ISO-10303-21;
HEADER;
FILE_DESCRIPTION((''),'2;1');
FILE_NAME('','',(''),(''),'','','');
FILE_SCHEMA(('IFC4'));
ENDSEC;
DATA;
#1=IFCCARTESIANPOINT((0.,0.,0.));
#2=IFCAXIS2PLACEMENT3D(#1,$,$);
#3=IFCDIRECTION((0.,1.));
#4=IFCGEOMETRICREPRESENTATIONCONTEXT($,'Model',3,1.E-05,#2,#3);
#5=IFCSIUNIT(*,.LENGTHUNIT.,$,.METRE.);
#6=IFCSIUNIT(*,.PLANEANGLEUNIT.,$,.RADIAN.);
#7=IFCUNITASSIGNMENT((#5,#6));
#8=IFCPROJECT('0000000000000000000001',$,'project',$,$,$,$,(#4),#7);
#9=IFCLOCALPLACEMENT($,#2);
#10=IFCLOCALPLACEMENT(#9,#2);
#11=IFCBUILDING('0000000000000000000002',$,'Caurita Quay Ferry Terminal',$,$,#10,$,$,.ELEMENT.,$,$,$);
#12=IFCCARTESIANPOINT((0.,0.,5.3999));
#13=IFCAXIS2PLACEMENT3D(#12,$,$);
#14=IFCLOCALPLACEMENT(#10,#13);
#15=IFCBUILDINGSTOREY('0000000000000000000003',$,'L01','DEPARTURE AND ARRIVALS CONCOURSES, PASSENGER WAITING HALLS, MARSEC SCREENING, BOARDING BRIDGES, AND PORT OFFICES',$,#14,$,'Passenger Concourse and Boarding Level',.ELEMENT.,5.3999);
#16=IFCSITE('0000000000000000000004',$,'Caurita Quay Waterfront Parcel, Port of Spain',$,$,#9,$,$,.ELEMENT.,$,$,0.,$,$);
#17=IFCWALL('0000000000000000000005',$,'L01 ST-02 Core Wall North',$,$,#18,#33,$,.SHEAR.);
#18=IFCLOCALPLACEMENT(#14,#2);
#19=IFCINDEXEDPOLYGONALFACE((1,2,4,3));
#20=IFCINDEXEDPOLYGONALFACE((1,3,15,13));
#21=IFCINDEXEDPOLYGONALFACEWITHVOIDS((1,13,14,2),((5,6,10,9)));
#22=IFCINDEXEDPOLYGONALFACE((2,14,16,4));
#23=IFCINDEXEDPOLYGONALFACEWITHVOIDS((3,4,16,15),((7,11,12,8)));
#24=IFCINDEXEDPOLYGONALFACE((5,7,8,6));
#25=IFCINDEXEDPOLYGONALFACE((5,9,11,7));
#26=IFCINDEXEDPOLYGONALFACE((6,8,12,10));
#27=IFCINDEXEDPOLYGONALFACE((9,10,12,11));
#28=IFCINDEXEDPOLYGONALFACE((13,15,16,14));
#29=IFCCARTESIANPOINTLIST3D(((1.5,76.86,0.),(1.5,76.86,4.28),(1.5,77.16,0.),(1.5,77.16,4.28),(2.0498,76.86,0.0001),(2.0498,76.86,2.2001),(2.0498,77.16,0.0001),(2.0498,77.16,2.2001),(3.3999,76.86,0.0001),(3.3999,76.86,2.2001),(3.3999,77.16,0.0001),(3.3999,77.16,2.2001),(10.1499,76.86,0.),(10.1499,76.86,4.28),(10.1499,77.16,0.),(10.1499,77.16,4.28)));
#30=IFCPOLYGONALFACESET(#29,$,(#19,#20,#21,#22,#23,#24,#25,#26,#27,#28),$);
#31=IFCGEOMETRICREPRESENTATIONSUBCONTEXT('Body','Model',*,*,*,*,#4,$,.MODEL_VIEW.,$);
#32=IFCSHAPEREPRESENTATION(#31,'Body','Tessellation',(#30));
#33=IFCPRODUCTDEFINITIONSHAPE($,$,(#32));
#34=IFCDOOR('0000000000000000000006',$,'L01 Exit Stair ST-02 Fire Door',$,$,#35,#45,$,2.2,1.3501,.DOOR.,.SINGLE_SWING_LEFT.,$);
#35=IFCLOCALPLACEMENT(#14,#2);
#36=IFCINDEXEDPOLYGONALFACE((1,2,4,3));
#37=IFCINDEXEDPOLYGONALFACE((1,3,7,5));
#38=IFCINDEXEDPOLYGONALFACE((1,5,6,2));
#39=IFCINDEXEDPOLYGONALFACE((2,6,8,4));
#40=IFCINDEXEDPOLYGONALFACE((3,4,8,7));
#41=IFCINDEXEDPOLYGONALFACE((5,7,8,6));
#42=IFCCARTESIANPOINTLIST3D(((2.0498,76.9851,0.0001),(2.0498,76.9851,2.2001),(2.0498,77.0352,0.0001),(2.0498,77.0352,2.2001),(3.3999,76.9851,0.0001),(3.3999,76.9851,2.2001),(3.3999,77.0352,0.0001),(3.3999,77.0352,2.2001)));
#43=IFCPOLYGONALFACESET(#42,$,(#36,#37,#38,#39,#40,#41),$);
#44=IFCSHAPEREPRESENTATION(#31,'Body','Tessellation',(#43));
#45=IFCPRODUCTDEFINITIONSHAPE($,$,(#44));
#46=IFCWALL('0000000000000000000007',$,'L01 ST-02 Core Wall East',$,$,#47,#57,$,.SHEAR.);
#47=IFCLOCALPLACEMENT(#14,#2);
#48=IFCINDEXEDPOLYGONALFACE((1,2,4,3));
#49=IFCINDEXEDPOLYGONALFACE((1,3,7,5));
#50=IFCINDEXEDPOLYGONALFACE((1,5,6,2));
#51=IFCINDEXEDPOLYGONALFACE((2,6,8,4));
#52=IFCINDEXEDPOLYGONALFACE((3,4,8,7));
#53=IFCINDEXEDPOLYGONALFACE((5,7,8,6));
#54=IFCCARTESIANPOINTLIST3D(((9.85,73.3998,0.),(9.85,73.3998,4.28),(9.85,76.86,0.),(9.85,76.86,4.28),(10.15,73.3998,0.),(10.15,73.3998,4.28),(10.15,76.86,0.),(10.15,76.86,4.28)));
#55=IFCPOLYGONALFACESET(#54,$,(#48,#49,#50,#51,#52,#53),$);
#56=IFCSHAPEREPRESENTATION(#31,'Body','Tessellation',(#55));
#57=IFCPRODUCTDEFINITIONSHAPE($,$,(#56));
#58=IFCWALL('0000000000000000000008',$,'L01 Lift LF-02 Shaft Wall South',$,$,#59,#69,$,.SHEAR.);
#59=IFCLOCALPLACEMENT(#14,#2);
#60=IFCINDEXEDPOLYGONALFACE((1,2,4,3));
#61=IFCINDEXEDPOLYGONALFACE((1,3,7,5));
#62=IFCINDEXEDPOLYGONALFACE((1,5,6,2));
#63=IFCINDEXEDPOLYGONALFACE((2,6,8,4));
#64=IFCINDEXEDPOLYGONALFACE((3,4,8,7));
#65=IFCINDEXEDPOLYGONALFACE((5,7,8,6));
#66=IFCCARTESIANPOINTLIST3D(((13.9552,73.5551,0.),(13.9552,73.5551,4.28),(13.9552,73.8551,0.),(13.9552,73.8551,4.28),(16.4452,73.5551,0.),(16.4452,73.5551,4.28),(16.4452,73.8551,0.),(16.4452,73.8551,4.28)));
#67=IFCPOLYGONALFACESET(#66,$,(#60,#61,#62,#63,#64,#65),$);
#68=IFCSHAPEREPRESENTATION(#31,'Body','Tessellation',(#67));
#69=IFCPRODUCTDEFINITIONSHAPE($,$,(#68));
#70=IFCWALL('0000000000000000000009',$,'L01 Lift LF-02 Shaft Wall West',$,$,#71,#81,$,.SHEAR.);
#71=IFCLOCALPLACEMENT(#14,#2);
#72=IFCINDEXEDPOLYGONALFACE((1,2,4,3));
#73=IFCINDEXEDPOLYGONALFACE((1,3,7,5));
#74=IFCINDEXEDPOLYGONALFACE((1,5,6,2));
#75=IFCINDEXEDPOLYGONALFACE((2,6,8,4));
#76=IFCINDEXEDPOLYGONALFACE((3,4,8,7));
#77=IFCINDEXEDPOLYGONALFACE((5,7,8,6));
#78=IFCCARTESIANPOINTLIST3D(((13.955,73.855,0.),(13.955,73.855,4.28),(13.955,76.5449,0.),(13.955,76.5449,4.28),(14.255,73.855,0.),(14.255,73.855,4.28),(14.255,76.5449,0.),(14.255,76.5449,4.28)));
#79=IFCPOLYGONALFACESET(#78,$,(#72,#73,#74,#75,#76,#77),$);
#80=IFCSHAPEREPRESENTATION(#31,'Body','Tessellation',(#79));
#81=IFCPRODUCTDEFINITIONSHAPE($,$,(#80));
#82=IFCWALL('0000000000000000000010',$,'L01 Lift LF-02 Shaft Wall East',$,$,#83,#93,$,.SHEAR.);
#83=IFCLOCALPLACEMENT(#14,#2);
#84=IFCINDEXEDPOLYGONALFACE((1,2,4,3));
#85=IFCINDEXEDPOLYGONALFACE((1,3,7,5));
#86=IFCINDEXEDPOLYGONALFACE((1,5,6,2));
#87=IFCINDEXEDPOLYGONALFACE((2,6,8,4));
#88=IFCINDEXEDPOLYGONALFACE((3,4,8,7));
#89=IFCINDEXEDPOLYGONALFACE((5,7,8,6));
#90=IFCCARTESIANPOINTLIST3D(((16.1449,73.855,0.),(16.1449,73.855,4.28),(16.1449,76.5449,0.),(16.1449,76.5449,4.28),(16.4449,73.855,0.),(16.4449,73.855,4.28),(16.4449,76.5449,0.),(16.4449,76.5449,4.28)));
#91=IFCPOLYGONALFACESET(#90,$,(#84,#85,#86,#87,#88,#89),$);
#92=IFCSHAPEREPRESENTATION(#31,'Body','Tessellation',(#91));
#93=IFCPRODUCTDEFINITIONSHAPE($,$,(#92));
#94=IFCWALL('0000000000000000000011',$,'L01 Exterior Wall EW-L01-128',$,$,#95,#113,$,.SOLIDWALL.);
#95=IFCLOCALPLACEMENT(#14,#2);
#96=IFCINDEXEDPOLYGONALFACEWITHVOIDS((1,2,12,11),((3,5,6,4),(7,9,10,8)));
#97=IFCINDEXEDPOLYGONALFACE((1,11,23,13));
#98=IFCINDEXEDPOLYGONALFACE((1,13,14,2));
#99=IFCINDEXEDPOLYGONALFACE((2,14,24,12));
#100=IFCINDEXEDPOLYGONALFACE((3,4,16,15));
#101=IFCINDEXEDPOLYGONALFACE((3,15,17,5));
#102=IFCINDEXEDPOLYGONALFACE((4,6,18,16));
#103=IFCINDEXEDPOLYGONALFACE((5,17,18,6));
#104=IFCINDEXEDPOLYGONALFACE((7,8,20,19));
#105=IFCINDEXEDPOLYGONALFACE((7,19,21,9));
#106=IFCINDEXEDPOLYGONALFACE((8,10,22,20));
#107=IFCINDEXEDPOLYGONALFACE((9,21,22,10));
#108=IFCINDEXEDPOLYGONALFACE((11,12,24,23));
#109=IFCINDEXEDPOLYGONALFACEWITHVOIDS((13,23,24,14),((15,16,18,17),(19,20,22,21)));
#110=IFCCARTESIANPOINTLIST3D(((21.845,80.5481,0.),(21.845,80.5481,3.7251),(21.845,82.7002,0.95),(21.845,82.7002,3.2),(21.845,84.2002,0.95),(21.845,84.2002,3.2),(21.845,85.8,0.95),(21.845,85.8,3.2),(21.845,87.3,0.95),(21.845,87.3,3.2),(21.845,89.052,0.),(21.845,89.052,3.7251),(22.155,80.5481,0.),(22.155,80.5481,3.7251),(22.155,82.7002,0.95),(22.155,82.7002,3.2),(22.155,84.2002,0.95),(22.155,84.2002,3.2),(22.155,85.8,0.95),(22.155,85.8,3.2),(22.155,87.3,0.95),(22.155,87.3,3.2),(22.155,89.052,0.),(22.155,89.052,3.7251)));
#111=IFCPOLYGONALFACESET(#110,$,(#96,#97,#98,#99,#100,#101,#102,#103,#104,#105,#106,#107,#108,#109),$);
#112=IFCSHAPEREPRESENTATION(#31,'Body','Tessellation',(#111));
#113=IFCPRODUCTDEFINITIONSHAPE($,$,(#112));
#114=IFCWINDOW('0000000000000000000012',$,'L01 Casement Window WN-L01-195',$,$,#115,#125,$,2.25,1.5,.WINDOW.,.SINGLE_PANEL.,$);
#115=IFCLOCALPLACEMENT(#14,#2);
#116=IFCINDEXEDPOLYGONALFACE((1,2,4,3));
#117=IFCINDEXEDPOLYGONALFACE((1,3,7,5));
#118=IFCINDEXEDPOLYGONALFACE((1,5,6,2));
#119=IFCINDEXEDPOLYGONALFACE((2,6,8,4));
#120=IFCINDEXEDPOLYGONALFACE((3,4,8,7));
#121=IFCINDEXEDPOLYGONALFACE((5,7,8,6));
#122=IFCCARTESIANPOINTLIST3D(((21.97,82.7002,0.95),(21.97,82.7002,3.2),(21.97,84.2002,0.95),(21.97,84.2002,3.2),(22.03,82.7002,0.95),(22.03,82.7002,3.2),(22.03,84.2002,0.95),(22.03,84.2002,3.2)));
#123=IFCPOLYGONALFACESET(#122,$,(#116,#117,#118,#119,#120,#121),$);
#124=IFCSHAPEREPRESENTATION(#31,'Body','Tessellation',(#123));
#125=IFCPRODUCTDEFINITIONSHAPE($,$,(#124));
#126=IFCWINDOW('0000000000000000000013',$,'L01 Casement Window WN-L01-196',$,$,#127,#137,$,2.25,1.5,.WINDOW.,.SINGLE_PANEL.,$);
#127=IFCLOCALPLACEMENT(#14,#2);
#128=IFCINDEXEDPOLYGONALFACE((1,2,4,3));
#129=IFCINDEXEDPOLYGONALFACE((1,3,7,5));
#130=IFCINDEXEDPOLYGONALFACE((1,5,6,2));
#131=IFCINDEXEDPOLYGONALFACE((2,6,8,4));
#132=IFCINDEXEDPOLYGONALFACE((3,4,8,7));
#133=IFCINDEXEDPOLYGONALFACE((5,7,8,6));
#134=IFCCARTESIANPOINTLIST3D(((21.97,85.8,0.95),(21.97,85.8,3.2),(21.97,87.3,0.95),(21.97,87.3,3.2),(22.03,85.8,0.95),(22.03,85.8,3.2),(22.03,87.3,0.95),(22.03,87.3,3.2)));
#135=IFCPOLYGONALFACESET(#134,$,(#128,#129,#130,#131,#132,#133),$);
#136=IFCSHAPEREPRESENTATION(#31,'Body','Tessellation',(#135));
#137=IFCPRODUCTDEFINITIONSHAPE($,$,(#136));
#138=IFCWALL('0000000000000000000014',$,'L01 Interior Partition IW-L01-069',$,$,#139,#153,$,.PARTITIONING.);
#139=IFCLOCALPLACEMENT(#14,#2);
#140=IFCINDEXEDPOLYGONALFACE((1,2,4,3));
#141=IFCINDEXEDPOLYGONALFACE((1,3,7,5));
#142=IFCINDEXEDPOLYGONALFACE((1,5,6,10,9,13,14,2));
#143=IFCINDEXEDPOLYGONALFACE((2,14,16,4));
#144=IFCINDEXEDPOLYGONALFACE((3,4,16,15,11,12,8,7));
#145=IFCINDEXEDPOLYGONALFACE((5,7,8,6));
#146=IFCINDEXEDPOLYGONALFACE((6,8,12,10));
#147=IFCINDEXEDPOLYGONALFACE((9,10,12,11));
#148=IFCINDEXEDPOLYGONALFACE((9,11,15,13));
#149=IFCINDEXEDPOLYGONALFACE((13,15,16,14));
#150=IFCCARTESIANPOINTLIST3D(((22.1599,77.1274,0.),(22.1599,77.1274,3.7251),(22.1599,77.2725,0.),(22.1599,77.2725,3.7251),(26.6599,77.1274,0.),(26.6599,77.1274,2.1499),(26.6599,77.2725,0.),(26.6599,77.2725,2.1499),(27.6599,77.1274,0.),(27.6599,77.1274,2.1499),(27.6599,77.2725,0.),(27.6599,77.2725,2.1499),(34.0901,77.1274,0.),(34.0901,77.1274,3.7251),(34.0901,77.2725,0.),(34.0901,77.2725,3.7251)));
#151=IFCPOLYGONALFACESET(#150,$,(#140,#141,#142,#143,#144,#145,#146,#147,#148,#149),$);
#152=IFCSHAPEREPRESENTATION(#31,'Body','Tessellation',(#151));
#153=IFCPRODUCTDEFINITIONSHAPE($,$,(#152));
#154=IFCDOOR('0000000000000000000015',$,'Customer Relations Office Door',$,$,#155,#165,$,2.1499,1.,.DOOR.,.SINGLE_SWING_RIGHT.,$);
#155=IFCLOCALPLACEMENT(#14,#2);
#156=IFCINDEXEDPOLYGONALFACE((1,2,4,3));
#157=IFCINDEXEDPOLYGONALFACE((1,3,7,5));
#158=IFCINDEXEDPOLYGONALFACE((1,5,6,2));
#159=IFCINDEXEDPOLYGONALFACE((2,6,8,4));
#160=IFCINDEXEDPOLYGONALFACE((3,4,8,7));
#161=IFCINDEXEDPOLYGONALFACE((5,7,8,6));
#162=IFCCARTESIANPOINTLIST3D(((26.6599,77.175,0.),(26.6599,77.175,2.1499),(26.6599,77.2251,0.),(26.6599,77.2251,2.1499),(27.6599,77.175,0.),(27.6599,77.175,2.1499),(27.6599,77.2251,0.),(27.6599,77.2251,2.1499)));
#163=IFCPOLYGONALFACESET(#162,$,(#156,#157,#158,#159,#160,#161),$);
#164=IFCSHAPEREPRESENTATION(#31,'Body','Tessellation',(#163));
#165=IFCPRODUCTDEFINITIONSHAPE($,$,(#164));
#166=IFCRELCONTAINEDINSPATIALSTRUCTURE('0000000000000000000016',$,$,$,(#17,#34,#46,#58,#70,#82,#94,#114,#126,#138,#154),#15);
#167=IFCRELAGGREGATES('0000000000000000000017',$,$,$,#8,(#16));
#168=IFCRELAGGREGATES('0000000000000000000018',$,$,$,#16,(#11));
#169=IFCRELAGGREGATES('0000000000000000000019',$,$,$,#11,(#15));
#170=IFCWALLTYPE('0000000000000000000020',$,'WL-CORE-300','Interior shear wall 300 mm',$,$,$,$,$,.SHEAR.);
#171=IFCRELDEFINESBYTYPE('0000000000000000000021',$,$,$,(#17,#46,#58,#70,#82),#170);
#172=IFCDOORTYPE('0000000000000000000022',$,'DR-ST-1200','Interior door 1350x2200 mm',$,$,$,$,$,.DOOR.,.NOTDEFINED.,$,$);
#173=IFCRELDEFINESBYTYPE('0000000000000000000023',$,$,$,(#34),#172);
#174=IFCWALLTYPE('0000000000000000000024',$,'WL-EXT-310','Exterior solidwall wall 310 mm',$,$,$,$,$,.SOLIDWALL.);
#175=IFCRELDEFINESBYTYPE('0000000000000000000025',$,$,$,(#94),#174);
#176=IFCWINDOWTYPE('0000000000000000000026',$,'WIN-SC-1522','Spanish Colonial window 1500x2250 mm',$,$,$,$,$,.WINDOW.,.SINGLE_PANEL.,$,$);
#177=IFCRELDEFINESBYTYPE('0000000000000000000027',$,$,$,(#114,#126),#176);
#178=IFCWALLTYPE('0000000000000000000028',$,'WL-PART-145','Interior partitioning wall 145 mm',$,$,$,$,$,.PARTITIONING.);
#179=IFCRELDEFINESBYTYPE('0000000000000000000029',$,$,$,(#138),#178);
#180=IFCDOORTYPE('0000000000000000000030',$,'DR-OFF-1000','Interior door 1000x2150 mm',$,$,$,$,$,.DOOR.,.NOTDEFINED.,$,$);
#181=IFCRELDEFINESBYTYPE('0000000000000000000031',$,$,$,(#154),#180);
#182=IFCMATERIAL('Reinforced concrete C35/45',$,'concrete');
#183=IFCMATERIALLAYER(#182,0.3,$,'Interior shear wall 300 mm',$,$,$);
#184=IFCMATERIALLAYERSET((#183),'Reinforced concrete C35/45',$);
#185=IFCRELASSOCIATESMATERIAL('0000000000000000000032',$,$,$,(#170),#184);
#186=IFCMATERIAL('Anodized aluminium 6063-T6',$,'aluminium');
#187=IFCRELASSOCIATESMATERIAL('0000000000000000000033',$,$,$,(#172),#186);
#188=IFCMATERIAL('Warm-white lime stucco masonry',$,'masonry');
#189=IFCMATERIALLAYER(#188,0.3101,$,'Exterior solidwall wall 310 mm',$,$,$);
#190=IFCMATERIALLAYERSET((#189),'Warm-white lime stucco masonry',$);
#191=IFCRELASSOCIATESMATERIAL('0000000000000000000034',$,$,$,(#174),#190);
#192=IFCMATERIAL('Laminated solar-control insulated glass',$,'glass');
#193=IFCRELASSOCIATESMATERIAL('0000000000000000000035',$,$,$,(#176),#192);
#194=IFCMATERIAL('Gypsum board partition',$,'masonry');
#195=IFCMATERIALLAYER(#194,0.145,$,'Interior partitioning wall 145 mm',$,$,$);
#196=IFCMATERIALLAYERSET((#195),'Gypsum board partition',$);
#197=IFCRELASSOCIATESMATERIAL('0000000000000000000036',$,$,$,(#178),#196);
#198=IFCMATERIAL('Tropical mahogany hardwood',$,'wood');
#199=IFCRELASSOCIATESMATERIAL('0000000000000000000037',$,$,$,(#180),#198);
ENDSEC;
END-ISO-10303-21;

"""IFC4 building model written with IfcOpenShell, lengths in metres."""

from ifc_helpers import new_model, si_unit, direction, frame, frame_2d, origin, place, context, subcontext, project, spatial, rectangle, extrude, material, layer, layer_set, type_object, element, fill, save


model = new_model("IFC4")

# Units and contexts
model_context = context("Model", 3, precision=1e-05, world=origin(), true_north=direction((0.0, 1.0)))
body_context = subcontext(model_context, "Body", "Model", "MODEL_VIEW")
ifc_project = project(units=[si_unit("LENGTHUNIT", "METRE"), si_unit("PLANEANGLEUNIT", "RADIAN")], contexts=[model_context])

# Site, building, storey
site_placement = place(None, origin())
site = spatial("IfcSite", under=ifc_project, at=site_placement, Name="Caurita Quay Waterfront Parcel, Port of Spain", CompositionType="ELEMENT", RefElevation=0.0)
building_placement = place(site_placement, origin())
building = spatial("IfcBuilding", under=site, at=building_placement, Name="Caurita Quay Ferry Terminal", CompositionType="ELEMENT")
storey_placement = place(building_placement, frame((0.0, 0.0, 5.3999)))
storey = spatial("IfcBuildingStorey", under=building, at=storey_placement, Name="L01", Description="DEPARTURE AND ARRIVALS CONCOURSES, PASSENGER WAITING HALLS, MARSEC SCREENING, BOARDING BRIDGES, AND PORT OFFICES", LongName="Passenger Concourse and Boarding Level", CompositionType="ELEMENT", Elevation=5.3999)

# Shared definitions
ifc_material_1 = material(Name="Reinforced concrete C35/45", Category="concrete")

# Wall, opening, door
ifc_material_2 = material(Name="Warm-white lime stucco masonry", Category="masonry")
ifc_material_3 = material(Name="Anodized aluminium 6063-T6", Category="aluminium")
ifc_layer_1 = layer(ifc_material_1, 0.3, Name="Interior shear wall 300 mm")
ifc_layer_set_1 = layer_set([ifc_layer_1], Name="Reinforced concrete C35/45")
wall_type_1 = type_object("IfcWallType", Name="WL-CORE-300", Description="Interior shear wall 300 mm", PredefinedType="SHEAR", material=ifc_layer_set_1)
wall_1_placement = place(storey_placement, frame((10.1499, 77.01, 0.0), z_axis=(0.0, 0.0, 1.0), x_axis=(-1.0, 0.0, 0.0)))
wall_1 = element("IfcWall", 1, at=wall_1_placement, inside=storey, type_object=wall_type_1, Name="L01 ST-02 Core Wall North", PredefinedType="SHEAR", context=body_context, shape_type="SweptSolid", body=[
    extrude(rectangle(XDim=8.6499, YDim=0.3, at=frame_2d((4.325, 0.0))), origin(), (0.0, 0.0, 1.0), 4.28),
])
opening_1_placement = place(wall_1_placement, frame((6.75, 0.0, 0.0)))
opening_1 = element("IfcOpeningElement", 2, at=opening_1_placement, cuts=wall_1, PredefinedType="OPENING", context=body_context, shape_type="SweptSolid", body=[
    extrude(rectangle(XDim=1.3501, YDim=2.2, at=frame_2d((0.675, 1.1001))), frame((0.0, 0.1599, 0.0), z_axis=(0.0, -1.0, 0.0), x_axis=(1.0, 0.0, 0.0)), (0.0, 0.0, 1.0), 0.3201),
])
door_type_1 = type_object("IfcDoorType", Name="DR-ST-1200", Description="Interior door 1350x2200 mm", OperationType="NOTDEFINED", PredefinedType="DOOR", material=ifc_material_3)
door_1_placement = place(opening_1_placement, origin())
door_1 = element("IfcDoor", 3, at=door_1_placement, inside=storey, type_object=door_type_1, Name="L01 Exit Stair ST-02 Fire Door", OperationType="SINGLE_SWING_LEFT", OverallHeight=2.2, OverallWidth=1.3501, PredefinedType="DOOR", context=body_context, shape_type="SweptSolid", body=[
    extrude(rectangle(XDim=1.3501, YDim=2.2, at=frame_2d((0.675, 1.1001))), frame((0.0, 0.0249, 0.0), z_axis=(0.0, -1.0, 0.0), x_axis=(1.0, 0.0, 0.0)), (0.0, 0.0, 1.0), 0.05),
])
fill(opening_1, door_1)

# Walls
wall_2_placement = place(storey_placement, frame((10.0, 73.3999, 0.0), z_axis=(0.0, 0.0, 1.0), x_axis=(0.0, 1.0, 0.0)))
element("IfcWall", 4, at=wall_2_placement, inside=storey, type_object=wall_type_1, Name="L01 ST-02 Core Wall East", PredefinedType="SHEAR", context=body_context, shape_type="SweptSolid", body=[
    extrude(rectangle(XDim=3.4602, YDim=0.3, at=frame_2d((1.73, 0.0))), origin(), (0.0, 0.0, 1.0), 4.28),
])
wall_3_placement = place(storey_placement, frame((13.9551, 73.7051, 0.0), z_axis=(0.0, 0.0, 1.0), x_axis=(1.0, 0.0, 0.0)))
element("IfcWall", 5, at=wall_3_placement, inside=storey, type_object=wall_type_1, Name="L01 Lift LF-02 Shaft Wall South", PredefinedType="SHEAR", context=body_context, shape_type="SweptSolid", body=[
    extrude(rectangle(XDim=2.49, YDim=0.3, at=frame_2d((1.2451, 0.0))), origin(), (0.0, 0.0, 1.0), 4.28),
])

# Walls
for number, where, z_axis, x_axis, name in (
    (6, (14.105, 76.5449, 0.0), (0.0, 0.0, 1.0), (0.0, -1.0, 0.0), "L01 Lift LF-02 Shaft Wall West"),
    (7, (16.2949, 73.855, 0.0), (0.0, 0.0, 1.0), (0.0, 1.0, 0.0), "L01 Lift LF-02 Shaft Wall East"),
):
    element("IfcWall", number, at=place(storey_placement, frame(where, z_axis=z_axis, x_axis=x_axis)), inside=storey, type_object=wall_type_1, Name=name, PredefinedType="SHEAR", context=body_context, shape_type="SweptSolid", body=[
        extrude(rectangle(XDim=2.6899, YDim=0.3, at=frame_2d((1.345, 0.0))), origin(), (0.0, 0.0, 1.0), 4.28),
    ])

# Wall, openings, windows
ifc_layer_2 = layer(ifc_material_2, 0.3101, Name="Exterior solidwall wall 310 mm")
ifc_layer_set_2 = layer_set([ifc_layer_2], Name="Warm-white lime stucco masonry")
wall_type_2 = type_object("IfcWallType", Name="WL-EXT-310", Description="Exterior solidwall wall 310 mm", PredefinedType="SOLIDWALL", material=ifc_layer_set_2)
wall_4_placement = place(storey_placement, frame((22.0, 80.5481, 0.0), z_axis=(0.0, 0.0, 1.0), x_axis=(0.0, 1.0, 0.0)))
wall_4 = element("IfcWall", 8, at=wall_4_placement, inside=storey, type_object=wall_type_2, Name="L01 Exterior Wall EW-L01-128", PredefinedType="SOLIDWALL", context=body_context, shape_type="SweptSolid", body=[
    extrude(rectangle(XDim=8.5039, YDim=0.3101, at=frame_2d((4.252, 0.0))), origin(), (0.0, 0.0, 1.0), 3.7251),
])
opening_2_placement = place(wall_4_placement, frame((2.1521, 0.0, 0.95)))
opening_2 = element("IfcOpeningElement", 9, at=opening_2_placement, cuts=wall_4, PredefinedType="OPENING", context=body_context, shape_type="SweptSolid", body=[
    extrude(rectangle(XDim=1.5, YDim=2.25, at=frame_2d((0.75, 1.125))), frame((0.0, 0.165, 0.0), z_axis=(0.0, -1.0, 0.0), x_axis=(1.0, 0.0, 0.0)), (0.0, 0.0, 1.0), 0.3301),
])
opening_3_placement = place(wall_4_placement, frame((5.252, 0.0, 0.95)))
opening_3 = element("IfcOpeningElement", 10, at=opening_3_placement, cuts=wall_4, PredefinedType="OPENING", context=body_context, shape_type="SweptSolid", body=[
    extrude(rectangle(XDim=1.5, YDim=2.25, at=frame_2d((0.75, 1.125))), frame((0.0, 0.165, 0.0), z_axis=(0.0, -1.0, 0.0), x_axis=(1.0, 0.0, 0.0)), (0.0, 0.0, 1.0), 0.3301),
])
ifc_material_4 = material(Name="Laminated solar-control insulated glass", Category="glass")
window_type = type_object("IfcWindowType", Name="WIN-SC-1522", Description="Spanish Colonial window 1500x2250 mm", PartitioningType="SINGLE_PANEL", PredefinedType="WINDOW", material=ifc_material_4)
window_1_placement = place(opening_2_placement, origin())
window_1 = element("IfcWindow", 11, at=window_1_placement, inside=storey, type_object=window_type, Name="L01 Casement Window WN-L01-195", OverallHeight=2.25, OverallWidth=1.5, PartitioningType="SINGLE_PANEL", PredefinedType="WINDOW", context=body_context, shape_type="SweptSolid", body=[
    extrude(rectangle(XDim=1.5, YDim=2.25, at=frame_2d((0.75, 1.125))), frame((0.0, 0.03, 0.0), z_axis=(0.0, -1.0, 0.0), x_axis=(1.0, 0.0, 0.0)), (0.0, 0.0, 1.0), 0.0601),
])
fill(opening_2, window_1)
window_2_placement = place(opening_3_placement, origin())
window_2 = element("IfcWindow", 12, at=window_2_placement, inside=storey, type_object=window_type, Name="L01 Casement Window WN-L01-196", OverallHeight=2.25, OverallWidth=1.5, PartitioningType="SINGLE_PANEL", PredefinedType="WINDOW", context=body_context, shape_type="SweptSolid", body=[
    extrude(rectangle(XDim=1.5, YDim=2.25, at=frame_2d((0.75, 1.125))), frame((0.0, 0.03, 0.0), z_axis=(0.0, -1.0, 0.0), x_axis=(1.0, 0.0, 0.0)), (0.0, 0.0, 1.0), 0.0601),
])
fill(opening_3, window_2)

# Wall, opening, door
ifc_material_5 = material(Name="Gypsum board partition", Category="masonry")
ifc_layer_3 = layer(ifc_material_5, 0.145, Name="Interior partitioning wall 145 mm")
ifc_layer_set_3 = layer_set([ifc_layer_3], Name="Gypsum board partition")
wall_type_3 = type_object("IfcWallType", Name="WL-PART-145", Description="Interior partitioning wall 145 mm", PredefinedType="PARTITIONING", material=ifc_layer_set_3)
wall_5_placement = place(storey_placement, frame((22.1599, 77.2, 0.0), z_axis=(0.0, 0.0, 1.0), x_axis=(1.0, 0.0, 0.0)))
wall_5 = element("IfcWall", 13, at=wall_5_placement, inside=storey, type_object=wall_type_3, Name="L01 Interior Partition IW-L01-069", PredefinedType="PARTITIONING", context=body_context, shape_type="SweptSolid", body=[
    extrude(rectangle(XDim=11.9302, YDim=0.145, at=frame_2d((5.9651, 0.0))), origin(), (0.0, 0.0, 1.0), 3.7251),
])
opening_4_placement = place(wall_5_placement, frame((4.5, 0.0, 0.0)))
opening_4 = element("IfcOpeningElement", 14, at=opening_4_placement, cuts=wall_5, PredefinedType="OPENING", context=body_context, shape_type="SweptSolid", body=[
    extrude(rectangle(XDim=1.0, YDim=2.1499, at=frame_2d((0.5, 1.075))), frame((0.0, 0.0825, 0.0), z_axis=(0.0, -1.0, 0.0), x_axis=(1.0, 0.0, 0.0)), (0.0, 0.0, 1.0), 0.165),
])
ifc_material_6 = material(Name="Tropical mahogany hardwood", Category="wood")
door_type_2 = type_object("IfcDoorType", Name="DR-OFF-1000", Description="Interior door 1000x2150 mm", OperationType="NOTDEFINED", PredefinedType="DOOR", material=ifc_material_6)
door_2_placement = place(opening_4_placement, frame((1.0, 0.0, 0.0), z_axis=(0.0, 0.0, 1.0), x_axis=(-1.0, 0.0, 0.0)))
door_2 = element("IfcDoor", 15, at=door_2_placement, inside=storey, type_object=door_type_2, Name="Customer Relations Office Door", OperationType="SINGLE_SWING_RIGHT", OverallHeight=2.1499, OverallWidth=1.0, PredefinedType="DOOR", context=body_context, shape_type="SweptSolid", body=[
    extrude(rectangle(XDim=1.0, YDim=2.1499, at=frame_2d((0.5, 1.075))), frame((0.0, 0.0249, 0.0), z_axis=(0.0, -1.0, 0.0), x_axis=(1.0, 0.0, 0.0)), (0.0, 0.0, 1.0), 0.05),
])
fill(opening_4, door_2)

save(model, "model.ifc")
